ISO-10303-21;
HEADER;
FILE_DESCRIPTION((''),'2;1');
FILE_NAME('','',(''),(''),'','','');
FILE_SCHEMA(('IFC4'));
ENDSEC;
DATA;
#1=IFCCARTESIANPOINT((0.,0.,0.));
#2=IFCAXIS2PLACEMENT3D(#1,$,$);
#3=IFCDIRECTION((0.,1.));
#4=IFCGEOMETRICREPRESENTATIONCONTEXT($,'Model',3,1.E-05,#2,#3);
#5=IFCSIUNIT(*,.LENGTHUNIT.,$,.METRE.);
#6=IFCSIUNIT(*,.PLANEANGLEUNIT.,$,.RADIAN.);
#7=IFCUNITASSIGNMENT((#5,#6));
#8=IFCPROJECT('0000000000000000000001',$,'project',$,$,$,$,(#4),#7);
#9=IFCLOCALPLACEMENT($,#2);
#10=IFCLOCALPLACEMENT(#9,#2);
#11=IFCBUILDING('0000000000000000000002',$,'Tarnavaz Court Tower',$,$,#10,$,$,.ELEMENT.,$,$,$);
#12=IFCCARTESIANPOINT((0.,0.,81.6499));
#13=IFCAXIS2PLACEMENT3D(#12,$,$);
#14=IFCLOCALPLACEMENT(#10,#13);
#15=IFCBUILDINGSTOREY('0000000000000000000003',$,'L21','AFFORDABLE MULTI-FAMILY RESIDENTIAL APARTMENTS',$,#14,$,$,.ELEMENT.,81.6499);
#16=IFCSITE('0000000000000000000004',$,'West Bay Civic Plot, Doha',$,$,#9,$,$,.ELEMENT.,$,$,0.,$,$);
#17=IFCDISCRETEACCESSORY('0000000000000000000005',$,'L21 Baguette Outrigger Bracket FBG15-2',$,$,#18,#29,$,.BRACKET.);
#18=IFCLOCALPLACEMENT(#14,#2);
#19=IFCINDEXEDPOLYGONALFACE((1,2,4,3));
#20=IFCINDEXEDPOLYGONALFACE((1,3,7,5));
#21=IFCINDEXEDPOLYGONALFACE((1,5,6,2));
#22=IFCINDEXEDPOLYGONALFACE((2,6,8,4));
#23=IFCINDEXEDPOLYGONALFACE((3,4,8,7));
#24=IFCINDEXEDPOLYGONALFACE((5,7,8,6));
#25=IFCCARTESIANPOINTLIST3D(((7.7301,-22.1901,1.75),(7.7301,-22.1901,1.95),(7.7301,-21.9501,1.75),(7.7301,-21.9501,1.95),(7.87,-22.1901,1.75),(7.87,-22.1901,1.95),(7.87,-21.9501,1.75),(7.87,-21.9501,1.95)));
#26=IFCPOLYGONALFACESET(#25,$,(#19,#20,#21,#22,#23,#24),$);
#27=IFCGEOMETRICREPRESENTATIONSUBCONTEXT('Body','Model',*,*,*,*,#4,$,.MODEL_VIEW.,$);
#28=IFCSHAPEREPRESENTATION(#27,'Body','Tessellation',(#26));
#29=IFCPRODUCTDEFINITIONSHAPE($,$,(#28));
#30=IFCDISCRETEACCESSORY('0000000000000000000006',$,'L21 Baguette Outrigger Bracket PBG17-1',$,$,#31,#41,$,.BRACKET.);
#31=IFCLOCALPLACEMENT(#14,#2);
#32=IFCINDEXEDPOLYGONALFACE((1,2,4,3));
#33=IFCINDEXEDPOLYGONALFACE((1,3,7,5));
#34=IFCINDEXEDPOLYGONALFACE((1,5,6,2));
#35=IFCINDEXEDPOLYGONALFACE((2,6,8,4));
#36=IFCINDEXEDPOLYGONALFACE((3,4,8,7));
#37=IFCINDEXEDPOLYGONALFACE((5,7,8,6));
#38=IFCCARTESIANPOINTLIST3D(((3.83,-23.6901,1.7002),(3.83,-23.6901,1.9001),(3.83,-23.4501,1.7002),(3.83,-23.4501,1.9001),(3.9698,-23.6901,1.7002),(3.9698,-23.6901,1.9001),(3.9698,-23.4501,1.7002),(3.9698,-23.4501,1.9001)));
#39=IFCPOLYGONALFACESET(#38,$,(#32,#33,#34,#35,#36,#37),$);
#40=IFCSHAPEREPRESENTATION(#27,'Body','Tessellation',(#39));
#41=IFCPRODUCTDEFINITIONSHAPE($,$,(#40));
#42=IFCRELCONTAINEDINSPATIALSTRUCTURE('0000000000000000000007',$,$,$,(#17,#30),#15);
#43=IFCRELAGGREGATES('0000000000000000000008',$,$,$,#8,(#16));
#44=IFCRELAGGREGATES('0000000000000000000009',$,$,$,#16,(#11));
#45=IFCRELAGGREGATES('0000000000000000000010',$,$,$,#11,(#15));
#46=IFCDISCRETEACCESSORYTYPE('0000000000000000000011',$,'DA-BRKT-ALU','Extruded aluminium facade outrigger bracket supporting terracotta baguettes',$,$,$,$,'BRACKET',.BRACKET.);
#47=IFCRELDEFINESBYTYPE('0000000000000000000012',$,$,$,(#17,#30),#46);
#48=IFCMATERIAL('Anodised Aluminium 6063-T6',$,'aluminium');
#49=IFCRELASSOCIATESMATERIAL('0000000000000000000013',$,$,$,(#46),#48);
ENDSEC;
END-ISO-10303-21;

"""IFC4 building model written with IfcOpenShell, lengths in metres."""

from ifc_helpers import new_model, si_unit, direction, frame, origin, origin_2d, place, context, subcontext, project, spatial, rectangle, extrude, material, type_object, element, save


model = new_model("IFC4")

# Units and contexts
model_context = context("Model", 3, precision=1e-05, world=origin(), true_north=direction((0.0, 1.0)))
body_context = subcontext(model_context, "Body", "Model", "MODEL_VIEW")
ifc_project = project(units=[si_unit("LENGTHUNIT", "METRE"), si_unit("PLANEANGLEUNIT", "RADIAN")], contexts=[model_context])

# Site, building, storey
site_placement = place(None, origin())
site = spatial("IfcSite", under=ifc_project, at=site_placement, Name="West Bay Civic Plot, Doha", CompositionType="ELEMENT", RefElevation=0.0)
building_placement = place(site_placement, origin())
building = spatial("IfcBuilding", under=site, at=building_placement, Name="Tarnavaz Court Tower", CompositionType="ELEMENT")
storey_placement = place(building_placement, frame((0.0, 0.0, 81.6499)))
storey = spatial("IfcBuildingStorey", under=building, at=storey_placement, Name="L21", Description="AFFORDABLE MULTI-FAMILY RESIDENTIAL APARTMENTS", CompositionType="ELEMENT", Elevation=81.6499)

# Shared definitions
ifc_material_1 = material(Name="Anodised Aluminium 6063-T6", Category="aluminium")

# Discrete accessories
discrete_accessory_type = type_object("IfcDiscreteAccessoryType", Name="DA-BRKT-ALU", Description="Extruded aluminium facade outrigger bracket supporting terracotta baguettes", ElementType="BRACKET", PredefinedType="BRACKET", material=ifc_material_1)
for number, where, z_axis, x_axis, name in (
    (1, (7.8, -22.0701, 1.75), (0.0, 0.0, 1.0), (-1.0, 0.0, 0.0), "L21 Baguette Outrigger Bracket FBG15-2"),
    (2, (3.8999, -23.5701, 1.7002), (0.0, 0.0, 1.0), (-1.0, 0.0, 0.0), "L21 Baguette Outrigger Bracket PBG17-1"),
):
    element("IfcDiscreteAccessory", number, at=place(storey_placement, frame(where, z_axis=z_axis, x_axis=x_axis)), inside=storey, type_object=discrete_accessory_type, Name=name, PredefinedType="BRACKET", context=body_context, shape_type="SweptSolid", body=[
        extrude(rectangle(XDim=0.1399, YDim=0.24, at=origin_2d()), origin(), (0.0, 0.0, 1.0), 0.2),
    ])

save(model, "model.ifc")
